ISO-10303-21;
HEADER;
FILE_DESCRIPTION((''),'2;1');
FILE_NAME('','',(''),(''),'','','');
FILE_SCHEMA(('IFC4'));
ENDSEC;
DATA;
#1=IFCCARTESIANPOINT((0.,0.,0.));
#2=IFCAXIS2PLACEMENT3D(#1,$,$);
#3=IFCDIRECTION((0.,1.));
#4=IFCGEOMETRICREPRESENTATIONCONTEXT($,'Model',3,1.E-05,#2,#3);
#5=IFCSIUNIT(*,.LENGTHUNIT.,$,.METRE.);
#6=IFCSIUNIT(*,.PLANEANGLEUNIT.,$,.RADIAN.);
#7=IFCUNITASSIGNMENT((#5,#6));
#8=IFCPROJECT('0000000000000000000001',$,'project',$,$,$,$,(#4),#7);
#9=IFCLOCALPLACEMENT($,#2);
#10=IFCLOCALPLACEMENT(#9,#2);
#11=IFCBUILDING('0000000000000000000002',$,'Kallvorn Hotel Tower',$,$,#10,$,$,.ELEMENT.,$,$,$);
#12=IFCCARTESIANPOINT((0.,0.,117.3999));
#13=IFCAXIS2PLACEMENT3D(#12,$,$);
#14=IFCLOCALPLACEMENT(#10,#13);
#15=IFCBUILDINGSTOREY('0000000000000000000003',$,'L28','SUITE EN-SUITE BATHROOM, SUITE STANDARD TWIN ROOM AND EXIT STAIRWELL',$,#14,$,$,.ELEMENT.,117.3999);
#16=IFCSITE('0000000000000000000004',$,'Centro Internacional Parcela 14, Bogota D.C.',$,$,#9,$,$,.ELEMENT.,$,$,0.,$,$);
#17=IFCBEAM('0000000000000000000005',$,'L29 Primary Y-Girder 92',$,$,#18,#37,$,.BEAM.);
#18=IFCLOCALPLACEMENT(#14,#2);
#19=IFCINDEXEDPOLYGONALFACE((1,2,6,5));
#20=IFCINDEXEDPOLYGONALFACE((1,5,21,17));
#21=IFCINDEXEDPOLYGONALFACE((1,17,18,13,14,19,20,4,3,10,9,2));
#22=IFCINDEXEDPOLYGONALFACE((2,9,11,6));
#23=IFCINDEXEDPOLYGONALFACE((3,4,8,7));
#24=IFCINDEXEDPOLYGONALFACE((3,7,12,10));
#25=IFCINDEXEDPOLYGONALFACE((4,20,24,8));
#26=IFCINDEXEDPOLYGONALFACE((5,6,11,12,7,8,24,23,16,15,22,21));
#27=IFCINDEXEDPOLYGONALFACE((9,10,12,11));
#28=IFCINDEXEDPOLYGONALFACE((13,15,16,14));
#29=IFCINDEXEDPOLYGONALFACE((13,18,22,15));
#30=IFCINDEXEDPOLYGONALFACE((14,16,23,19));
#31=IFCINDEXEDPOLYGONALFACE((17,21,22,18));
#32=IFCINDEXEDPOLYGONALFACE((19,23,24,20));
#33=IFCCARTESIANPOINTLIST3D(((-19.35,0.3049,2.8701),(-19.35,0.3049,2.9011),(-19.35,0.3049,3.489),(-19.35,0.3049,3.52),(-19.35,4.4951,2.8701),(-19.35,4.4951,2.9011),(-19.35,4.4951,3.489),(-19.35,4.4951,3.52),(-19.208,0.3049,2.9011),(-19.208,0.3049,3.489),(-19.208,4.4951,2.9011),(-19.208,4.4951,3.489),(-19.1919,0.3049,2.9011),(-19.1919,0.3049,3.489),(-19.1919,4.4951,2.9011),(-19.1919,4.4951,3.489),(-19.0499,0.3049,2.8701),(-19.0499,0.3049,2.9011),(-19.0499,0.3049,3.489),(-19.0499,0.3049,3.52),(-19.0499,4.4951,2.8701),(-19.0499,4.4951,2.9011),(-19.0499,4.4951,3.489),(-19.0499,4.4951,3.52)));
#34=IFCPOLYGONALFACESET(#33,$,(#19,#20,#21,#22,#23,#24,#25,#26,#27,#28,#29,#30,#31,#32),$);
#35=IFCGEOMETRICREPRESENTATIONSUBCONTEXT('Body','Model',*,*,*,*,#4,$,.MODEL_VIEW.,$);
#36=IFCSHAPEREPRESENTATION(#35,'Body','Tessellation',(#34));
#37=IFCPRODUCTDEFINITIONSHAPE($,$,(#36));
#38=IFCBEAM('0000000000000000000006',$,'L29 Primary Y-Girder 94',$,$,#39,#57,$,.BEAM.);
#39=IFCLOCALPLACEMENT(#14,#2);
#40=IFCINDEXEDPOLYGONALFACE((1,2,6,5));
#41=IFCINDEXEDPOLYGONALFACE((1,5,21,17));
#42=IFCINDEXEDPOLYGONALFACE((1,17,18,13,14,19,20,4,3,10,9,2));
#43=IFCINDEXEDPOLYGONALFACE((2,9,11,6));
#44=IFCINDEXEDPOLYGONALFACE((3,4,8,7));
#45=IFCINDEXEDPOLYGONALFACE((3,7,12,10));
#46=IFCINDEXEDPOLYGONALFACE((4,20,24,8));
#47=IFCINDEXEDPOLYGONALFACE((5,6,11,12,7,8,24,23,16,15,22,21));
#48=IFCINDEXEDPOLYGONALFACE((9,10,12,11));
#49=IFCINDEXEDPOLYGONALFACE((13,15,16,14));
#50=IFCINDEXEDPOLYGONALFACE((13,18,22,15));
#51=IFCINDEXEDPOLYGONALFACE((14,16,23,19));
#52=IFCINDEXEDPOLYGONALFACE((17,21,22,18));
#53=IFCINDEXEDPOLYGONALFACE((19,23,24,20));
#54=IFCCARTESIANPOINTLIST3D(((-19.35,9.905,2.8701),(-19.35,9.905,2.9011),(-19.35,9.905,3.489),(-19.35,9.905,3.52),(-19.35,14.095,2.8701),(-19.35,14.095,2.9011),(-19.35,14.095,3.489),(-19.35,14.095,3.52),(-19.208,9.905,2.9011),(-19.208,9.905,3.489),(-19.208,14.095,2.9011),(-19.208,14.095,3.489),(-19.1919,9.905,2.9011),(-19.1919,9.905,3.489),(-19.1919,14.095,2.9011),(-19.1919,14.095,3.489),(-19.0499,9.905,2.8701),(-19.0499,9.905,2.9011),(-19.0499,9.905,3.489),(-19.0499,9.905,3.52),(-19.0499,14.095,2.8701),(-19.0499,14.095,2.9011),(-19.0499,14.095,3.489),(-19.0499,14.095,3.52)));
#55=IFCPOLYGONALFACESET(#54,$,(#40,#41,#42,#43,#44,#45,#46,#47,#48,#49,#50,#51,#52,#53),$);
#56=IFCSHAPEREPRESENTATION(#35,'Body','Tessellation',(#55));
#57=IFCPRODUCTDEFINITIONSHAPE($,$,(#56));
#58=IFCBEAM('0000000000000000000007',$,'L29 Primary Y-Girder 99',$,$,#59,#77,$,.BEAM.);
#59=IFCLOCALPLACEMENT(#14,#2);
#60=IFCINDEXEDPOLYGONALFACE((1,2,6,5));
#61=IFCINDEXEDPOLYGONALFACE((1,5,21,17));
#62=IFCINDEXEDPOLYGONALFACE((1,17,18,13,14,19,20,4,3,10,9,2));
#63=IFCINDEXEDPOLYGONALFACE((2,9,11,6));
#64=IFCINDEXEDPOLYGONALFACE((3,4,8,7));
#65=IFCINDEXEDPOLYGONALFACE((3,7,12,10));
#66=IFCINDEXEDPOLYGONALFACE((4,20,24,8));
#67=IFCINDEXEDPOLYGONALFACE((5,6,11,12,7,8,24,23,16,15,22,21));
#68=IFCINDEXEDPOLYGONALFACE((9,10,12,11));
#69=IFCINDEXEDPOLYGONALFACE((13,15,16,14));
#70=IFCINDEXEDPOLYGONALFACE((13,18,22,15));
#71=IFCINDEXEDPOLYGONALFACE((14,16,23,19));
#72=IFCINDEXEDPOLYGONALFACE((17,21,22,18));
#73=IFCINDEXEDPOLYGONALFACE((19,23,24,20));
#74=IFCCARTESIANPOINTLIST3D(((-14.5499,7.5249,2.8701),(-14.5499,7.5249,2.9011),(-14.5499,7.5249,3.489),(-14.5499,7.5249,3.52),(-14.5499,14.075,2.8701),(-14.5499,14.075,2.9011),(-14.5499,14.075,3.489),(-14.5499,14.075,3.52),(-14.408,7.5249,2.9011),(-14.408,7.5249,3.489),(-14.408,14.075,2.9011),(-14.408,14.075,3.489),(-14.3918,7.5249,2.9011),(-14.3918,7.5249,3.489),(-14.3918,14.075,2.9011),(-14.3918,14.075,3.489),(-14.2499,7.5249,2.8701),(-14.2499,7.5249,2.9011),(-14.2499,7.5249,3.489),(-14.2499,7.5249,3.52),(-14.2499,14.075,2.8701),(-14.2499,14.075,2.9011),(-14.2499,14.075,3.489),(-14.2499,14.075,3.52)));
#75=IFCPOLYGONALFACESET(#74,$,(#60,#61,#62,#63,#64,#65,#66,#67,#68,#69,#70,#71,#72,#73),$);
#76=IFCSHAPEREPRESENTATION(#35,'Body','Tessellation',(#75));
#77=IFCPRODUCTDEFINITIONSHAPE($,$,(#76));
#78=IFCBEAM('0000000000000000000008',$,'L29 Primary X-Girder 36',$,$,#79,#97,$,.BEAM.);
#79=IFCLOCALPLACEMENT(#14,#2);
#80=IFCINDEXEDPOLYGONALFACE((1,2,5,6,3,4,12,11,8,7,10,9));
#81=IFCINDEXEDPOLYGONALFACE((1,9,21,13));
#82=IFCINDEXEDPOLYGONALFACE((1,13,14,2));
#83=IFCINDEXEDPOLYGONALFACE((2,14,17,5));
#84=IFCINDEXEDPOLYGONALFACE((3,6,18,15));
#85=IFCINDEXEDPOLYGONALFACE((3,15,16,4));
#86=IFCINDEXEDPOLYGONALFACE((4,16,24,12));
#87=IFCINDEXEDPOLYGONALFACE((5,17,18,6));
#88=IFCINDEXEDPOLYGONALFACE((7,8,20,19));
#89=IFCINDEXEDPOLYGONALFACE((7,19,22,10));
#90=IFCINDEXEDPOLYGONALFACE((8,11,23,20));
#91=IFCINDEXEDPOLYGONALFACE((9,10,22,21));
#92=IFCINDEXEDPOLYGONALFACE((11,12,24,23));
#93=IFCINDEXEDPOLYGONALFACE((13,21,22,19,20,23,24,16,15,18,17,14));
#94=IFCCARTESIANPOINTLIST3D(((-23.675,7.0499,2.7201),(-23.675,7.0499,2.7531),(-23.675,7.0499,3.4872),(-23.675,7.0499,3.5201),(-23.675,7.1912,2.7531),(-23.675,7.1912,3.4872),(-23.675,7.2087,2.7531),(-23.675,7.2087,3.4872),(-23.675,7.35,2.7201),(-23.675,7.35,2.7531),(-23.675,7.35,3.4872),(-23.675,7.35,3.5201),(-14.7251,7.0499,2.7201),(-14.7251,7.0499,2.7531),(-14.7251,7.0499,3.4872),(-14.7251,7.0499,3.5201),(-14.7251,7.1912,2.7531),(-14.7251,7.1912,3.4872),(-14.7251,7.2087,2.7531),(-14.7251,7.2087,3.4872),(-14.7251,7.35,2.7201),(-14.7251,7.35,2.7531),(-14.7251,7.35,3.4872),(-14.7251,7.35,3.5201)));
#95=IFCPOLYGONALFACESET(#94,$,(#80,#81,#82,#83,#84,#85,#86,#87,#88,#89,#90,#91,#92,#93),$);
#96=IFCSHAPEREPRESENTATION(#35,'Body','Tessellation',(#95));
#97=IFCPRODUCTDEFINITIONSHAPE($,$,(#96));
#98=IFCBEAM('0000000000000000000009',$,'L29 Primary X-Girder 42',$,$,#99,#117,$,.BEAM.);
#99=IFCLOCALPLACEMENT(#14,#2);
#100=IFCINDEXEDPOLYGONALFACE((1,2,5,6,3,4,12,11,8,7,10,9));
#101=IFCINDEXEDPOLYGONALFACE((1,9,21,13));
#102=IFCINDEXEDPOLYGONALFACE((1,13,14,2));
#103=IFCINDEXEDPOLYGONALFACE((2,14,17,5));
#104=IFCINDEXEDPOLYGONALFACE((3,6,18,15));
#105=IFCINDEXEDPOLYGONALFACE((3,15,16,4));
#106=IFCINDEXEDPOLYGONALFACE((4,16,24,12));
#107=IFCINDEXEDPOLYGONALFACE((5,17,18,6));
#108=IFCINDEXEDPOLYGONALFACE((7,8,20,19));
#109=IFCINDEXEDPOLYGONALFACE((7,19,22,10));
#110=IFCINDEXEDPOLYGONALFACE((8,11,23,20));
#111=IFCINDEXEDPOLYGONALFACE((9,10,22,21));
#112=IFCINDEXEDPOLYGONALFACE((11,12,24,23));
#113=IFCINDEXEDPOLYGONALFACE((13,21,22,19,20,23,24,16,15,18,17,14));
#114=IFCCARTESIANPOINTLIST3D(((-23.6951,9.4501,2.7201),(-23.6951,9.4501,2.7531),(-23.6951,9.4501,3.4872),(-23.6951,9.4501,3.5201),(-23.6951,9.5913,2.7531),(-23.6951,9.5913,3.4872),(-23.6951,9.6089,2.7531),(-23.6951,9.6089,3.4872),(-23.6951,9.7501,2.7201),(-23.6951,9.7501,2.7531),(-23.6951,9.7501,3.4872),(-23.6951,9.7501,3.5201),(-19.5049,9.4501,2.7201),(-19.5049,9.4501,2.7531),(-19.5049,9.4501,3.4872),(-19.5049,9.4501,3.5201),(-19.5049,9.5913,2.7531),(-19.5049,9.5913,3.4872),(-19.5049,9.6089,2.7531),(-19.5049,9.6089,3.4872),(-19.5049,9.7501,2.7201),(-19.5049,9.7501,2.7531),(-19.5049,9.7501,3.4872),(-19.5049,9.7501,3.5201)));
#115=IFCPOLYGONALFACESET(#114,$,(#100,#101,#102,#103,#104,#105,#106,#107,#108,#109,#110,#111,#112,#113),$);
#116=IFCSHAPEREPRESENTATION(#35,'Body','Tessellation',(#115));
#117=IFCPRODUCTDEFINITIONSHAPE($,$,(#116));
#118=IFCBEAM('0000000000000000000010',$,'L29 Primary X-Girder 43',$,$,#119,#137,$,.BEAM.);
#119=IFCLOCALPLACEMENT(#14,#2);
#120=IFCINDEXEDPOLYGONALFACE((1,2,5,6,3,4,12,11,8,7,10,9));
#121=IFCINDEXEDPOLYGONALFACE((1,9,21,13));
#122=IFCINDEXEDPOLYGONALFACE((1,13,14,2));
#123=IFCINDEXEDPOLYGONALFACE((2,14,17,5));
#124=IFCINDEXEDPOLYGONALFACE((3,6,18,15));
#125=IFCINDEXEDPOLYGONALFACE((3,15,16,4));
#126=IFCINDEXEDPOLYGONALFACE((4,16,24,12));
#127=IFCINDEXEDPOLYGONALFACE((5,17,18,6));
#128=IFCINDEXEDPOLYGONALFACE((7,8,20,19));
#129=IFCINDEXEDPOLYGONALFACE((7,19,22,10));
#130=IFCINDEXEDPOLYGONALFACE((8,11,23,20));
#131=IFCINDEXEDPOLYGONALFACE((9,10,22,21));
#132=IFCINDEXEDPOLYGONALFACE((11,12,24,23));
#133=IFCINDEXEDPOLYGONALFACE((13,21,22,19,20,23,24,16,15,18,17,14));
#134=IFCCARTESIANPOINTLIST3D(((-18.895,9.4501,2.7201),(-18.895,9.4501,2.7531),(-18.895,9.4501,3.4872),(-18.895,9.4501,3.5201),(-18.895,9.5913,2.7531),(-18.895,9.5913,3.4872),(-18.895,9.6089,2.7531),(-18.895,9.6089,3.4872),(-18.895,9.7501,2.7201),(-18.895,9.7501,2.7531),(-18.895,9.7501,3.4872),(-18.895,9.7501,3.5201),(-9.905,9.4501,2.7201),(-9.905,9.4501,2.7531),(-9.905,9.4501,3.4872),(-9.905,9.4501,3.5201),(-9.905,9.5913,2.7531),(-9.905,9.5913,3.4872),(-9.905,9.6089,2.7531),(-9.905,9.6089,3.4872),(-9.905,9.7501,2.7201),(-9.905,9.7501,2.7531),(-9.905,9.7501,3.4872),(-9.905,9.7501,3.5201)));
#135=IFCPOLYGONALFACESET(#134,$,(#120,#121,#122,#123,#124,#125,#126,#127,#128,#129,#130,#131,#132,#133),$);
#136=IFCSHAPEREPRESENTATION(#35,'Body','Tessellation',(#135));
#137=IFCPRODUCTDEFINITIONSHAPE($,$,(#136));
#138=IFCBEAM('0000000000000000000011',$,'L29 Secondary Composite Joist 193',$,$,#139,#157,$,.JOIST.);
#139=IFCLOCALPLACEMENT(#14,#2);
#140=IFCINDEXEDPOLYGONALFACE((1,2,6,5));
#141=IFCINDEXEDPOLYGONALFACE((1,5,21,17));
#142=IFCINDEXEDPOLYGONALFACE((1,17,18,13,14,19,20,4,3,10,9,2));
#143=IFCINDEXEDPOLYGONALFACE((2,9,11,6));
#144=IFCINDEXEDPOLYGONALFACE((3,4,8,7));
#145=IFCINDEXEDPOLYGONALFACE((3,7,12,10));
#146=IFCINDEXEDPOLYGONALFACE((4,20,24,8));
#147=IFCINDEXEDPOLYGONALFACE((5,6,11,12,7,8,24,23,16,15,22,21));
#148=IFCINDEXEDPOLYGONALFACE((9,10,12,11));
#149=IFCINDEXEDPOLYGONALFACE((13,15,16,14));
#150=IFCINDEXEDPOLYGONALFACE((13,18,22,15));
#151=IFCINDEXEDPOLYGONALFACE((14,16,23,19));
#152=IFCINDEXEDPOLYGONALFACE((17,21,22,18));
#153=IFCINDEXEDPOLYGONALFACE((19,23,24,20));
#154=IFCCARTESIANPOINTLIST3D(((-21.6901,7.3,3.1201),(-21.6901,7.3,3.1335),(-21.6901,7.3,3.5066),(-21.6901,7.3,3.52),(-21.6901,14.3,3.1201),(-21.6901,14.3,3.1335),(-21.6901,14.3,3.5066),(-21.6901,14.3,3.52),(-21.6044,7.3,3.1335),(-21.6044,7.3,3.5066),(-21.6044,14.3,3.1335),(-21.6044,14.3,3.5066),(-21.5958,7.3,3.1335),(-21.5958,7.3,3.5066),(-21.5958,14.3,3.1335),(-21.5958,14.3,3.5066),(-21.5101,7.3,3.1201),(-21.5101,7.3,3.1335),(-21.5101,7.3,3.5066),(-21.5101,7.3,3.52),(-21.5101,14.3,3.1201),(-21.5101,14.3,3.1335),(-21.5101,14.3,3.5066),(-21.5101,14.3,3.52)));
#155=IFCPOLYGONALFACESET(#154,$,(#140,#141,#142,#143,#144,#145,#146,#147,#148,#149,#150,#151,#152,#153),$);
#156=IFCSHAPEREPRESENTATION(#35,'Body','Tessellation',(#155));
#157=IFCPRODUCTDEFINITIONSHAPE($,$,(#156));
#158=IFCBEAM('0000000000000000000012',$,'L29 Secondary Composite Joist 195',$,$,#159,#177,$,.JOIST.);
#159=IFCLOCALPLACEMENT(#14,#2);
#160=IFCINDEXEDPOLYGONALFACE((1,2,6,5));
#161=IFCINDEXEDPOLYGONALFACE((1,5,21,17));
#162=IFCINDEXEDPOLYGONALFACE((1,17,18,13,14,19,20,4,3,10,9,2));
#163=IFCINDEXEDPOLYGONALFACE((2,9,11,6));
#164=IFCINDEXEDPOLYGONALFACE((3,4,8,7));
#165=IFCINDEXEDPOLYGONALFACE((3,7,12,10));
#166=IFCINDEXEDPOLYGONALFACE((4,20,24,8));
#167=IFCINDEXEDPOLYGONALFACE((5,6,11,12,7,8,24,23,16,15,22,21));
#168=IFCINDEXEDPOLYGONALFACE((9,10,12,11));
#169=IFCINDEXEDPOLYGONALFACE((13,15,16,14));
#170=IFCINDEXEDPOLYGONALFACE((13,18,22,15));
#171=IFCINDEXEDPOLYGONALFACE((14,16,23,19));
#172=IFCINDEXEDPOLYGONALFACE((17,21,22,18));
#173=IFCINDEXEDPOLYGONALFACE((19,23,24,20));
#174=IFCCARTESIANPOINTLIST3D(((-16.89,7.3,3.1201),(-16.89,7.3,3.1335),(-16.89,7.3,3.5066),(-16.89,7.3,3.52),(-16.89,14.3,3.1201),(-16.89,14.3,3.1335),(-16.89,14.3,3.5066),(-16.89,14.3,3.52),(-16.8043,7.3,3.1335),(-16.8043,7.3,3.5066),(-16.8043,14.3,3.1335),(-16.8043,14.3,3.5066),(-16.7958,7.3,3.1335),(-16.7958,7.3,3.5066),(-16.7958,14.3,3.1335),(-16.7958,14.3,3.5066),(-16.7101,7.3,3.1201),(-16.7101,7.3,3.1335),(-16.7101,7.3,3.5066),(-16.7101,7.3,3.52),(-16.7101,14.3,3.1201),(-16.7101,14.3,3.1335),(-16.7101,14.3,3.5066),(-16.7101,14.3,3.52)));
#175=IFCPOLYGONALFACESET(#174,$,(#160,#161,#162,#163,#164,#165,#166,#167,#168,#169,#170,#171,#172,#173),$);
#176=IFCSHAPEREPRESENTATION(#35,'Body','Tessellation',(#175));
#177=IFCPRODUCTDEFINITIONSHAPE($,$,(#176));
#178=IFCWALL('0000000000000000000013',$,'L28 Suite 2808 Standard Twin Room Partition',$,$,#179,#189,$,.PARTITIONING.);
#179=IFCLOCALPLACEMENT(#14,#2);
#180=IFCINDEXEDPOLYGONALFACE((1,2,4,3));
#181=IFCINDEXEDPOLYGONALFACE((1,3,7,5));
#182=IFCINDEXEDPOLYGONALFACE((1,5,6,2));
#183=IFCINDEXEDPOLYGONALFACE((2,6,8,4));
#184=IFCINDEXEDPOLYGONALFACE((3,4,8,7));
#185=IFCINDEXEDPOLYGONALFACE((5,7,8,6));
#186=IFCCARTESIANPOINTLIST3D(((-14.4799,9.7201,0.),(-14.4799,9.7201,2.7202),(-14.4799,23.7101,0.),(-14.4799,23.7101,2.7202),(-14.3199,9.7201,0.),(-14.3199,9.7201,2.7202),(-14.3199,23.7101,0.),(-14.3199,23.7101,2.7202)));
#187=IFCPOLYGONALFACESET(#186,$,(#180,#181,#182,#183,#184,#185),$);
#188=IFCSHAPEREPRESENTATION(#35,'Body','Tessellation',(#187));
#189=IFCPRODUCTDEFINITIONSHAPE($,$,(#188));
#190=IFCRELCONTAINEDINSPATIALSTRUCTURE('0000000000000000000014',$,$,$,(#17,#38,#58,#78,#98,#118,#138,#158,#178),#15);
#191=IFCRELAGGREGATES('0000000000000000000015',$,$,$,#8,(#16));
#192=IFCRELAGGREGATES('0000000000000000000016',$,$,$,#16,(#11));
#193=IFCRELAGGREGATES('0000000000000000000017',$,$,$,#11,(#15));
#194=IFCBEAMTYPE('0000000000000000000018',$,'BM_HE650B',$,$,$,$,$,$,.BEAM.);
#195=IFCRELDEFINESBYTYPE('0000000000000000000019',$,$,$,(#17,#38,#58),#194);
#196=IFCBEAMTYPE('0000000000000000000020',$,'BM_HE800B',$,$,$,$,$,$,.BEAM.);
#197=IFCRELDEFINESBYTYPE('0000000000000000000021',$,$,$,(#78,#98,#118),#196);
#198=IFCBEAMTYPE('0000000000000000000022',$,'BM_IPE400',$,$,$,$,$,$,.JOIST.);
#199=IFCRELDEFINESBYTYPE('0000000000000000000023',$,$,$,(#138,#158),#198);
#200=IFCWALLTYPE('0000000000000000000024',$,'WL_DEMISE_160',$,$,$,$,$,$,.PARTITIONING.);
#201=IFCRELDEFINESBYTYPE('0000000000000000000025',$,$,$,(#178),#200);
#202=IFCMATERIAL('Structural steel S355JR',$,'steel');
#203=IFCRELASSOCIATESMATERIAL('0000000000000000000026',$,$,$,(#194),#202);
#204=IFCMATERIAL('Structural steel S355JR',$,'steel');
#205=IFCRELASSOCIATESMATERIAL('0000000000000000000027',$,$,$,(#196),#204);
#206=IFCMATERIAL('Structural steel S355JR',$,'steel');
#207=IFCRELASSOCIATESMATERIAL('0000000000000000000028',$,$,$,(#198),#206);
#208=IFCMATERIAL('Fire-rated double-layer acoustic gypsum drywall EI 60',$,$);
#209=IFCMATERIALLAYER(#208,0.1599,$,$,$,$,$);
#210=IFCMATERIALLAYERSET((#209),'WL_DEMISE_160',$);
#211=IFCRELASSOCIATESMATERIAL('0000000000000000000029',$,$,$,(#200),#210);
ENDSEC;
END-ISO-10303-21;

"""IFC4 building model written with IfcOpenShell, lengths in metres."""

from ifc_helpers import new_model, si_unit, direction, frame, frame_2d, origin, origin_2d, place, context, subcontext, project, spatial, rectangle, i_section, extrude, material, layer, layer_set, material_profile, profile_set, type_object, element, save


model = new_model("IFC4")

# Units and contexts
model_context = context("Model", 3, precision=1e-05, world=origin(), true_north=direction((0.0, 1.0)))
body_context = subcontext(model_context, "Body", "Model", "MODEL_VIEW")
ifc_project = project(units=[si_unit("LENGTHUNIT", "METRE"), si_unit("PLANEANGLEUNIT", "RADIAN")], contexts=[model_context])

# Site, building, storey
site_placement = place(None, origin())
site = spatial("IfcSite", under=ifc_project, at=site_placement, Name="Centro Internacional Parcela 14, Bogota D.C.", CompositionType="ELEMENT", RefElevation=0.0)
building_placement = place(site_placement, origin())
building = spatial("IfcBuilding", under=site, at=building_placement, Name="Kallvorn Hotel Tower", CompositionType="ELEMENT")
storey_placement = place(building_placement, frame((0.0, 0.0, 117.3999)))
storey = spatial("IfcBuildingStorey", under=building, at=storey_placement, Name="L28", Description="SUITE EN-SUITE BATHROOM, SUITE STANDARD TWIN ROOM AND EXIT STAIRWELL", CompositionType="ELEMENT", Elevation=117.3999)

# Beams
ifc_material_1 = material(Name="Structural steel S355JR", Category="steel")
ifc_material_profile_1 = material_profile(ifc_material_1, i_section(OverallWidth=0.3, OverallDepth=0.6499, WebThickness=0.0161, FlangeThickness=0.031, at=origin_2d()), Name="HE 650 B")
ifc_profile_set_1 = profile_set([ifc_material_profile_1], Name="Structural steel S355JR")
beam_type_1 = type_object("IfcBeamType", Name="BM_HE650B", PredefinedType="BEAM", material=ifc_profile_set_1)
beam_1_placement = place(storey_placement, frame((-19.2, 0.3049, 3.1951), z_axis=(0.0, 1.0, 0.0), x_axis=(-1.0, 0.0, 0.0)))
element("IfcBeam", 1, at=beam_1_placement, inside=storey, type_object=beam_type_1, Name="L29 Primary Y-Girder 92", PredefinedType="BEAM", context=body_context, shape_type="SweptSolid", body=[
    extrude(i_section(OverallWidth=0.3, OverallDepth=0.6499, WebThickness=0.0161, FlangeThickness=0.031, at=origin_2d()), origin(), (0.0, 0.0, 1.0), 4.1902),
])
beam_2_placement = place(storey_placement, frame((-19.2, 9.905, 3.1951), z_axis=(0.0, 1.0, 0.0), x_axis=(-1.0, 0.0, 0.0)))
element("IfcBeam", 2, at=beam_2_placement, inside=storey, type_object=beam_type_1, Name="L29 Primary Y-Girder 94", PredefinedType="BEAM", context=body_context, shape_type="SweptSolid", body=[
    extrude(i_section(OverallWidth=0.3, OverallDepth=0.6499, WebThickness=0.0161, FlangeThickness=0.031, at=origin_2d()), origin(), (0.0, 0.0, 1.0), 4.1899),
])
beam_3_placement = place(storey_placement, frame((-14.3999, 7.5249, 3.1951), z_axis=(0.0, 1.0, 0.0), x_axis=(-1.0, 0.0, 0.0)))
element("IfcBeam", 3, at=beam_3_placement, inside=storey, type_object=beam_type_1, Name="L29 Primary Y-Girder 99", PredefinedType="BEAM", context=body_context, shape_type="SweptSolid", body=[
    extrude(i_section(OverallWidth=0.3, OverallDepth=0.6499, WebThickness=0.0161, FlangeThickness=0.031, at=origin_2d()), origin(), (0.0, 0.0, 1.0), 6.55),
])
ifc_material_2 = material(Name="Structural steel S355JR", Category="steel")
ifc_material_profile_2 = material_profile(ifc_material_2, i_section(OverallWidth=0.3, OverallDepth=0.8, WebThickness=0.0176, FlangeThickness=0.033, at=origin_2d()), Name="HE 800 B")
ifc_profile_set_2 = profile_set([ifc_material_profile_2], Name="Structural steel S355JR")
beam_type_2 = type_object("IfcBeamType", Name="BM_HE800B", PredefinedType="BEAM", material=ifc_profile_set_2)
beam_4_placement = place(storey_placement, frame((-23.675, 7.2, 3.1201), z_axis=(1.0, 0.0, 0.0), x_axis=(0.0, 1.0, 0.0)))
element("IfcBeam", 4, at=beam_4_placement, inside=storey, type_object=beam_type_2, Name="L29 Primary X-Girder 36", PredefinedType="BEAM", context=body_context, shape_type="SweptSolid", body=[
    extrude(i_section(OverallWidth=0.3, OverallDepth=0.8, WebThickness=0.0176, FlangeThickness=0.033, at=origin_2d()), origin(), (0.0, 0.0, 1.0), 8.95),
])
beam_5_placement = place(storey_placement, frame((-23.6951, 9.6001, 3.1201), z_axis=(1.0, 0.0, 0.0), x_axis=(0.0, 1.0, 0.0)))
element("IfcBeam", 5, at=beam_5_placement, inside=storey, type_object=beam_type_2, Name="L29 Primary X-Girder 42", PredefinedType="BEAM", context=body_context, shape_type="SweptSolid", body=[
    extrude(i_section(OverallWidth=0.3, OverallDepth=0.8, WebThickness=0.0176, FlangeThickness=0.033, at=origin_2d()), origin(), (0.0, 0.0, 1.0), 4.1902),
])
beam_6_placement = place(storey_placement, frame((-18.895, 9.6001, 3.1201), z_axis=(1.0, 0.0, 0.0), x_axis=(0.0, 1.0, 0.0)))
element("IfcBeam", 6, at=beam_6_placement, inside=storey, type_object=beam_type_2, Name="L29 Primary X-Girder 43", PredefinedType="BEAM", context=body_context, shape_type="SweptSolid", body=[
    extrude(i_section(OverallWidth=0.3, OverallDepth=0.8, WebThickness=0.0176, FlangeThickness=0.033, at=origin_2d()), origin(), (0.0, 0.0, 1.0), 8.99),
])
ifc_material_3 = material(Name="Structural steel S355JR", Category="steel")
ifc_material_profile_3 = material_profile(ifc_material_3, i_section(OverallWidth=0.1799, OverallDepth=0.3999, WebThickness=0.0085, FlangeThickness=0.0134, at=origin_2d()), Name="IPE 400")
ifc_profile_set_3 = profile_set([ifc_material_profile_3], Name="Structural steel S355JR")
beam_type_3 = type_object("IfcBeamType", Name="BM_IPE400", PredefinedType="JOIST", material=ifc_profile_set_3)
for number, where, z_axis, x_axis, name in (
    (7, (-21.6001, 7.3, 3.3201), (0.0, 1.0, 0.0), (-1.0, 0.0, 0.0), "L29 Secondary Composite Joist 193"),
    (8, (-16.8, 7.3, 3.3201), (0.0, 1.0, 0.0), (-1.0, 0.0, 0.0), "L29 Secondary Composite Joist 195"),
):
    element("IfcBeam", number, at=place(storey_placement, frame(where, z_axis=z_axis, x_axis=x_axis)), inside=storey, type_object=beam_type_3, Name=name, PredefinedType="JOIST", context=body_context, shape_type="SweptSolid", body=[
        extrude(i_section(OverallWidth=0.1799, OverallDepth=0.3999, WebThickness=0.0085, FlangeThickness=0.0134, at=origin_2d()), origin(), (0.0, 0.0, 1.0), 7.0),
    ])

# Wall
ifc_material_4 = material(Name="Fire-rated double-layer acoustic gypsum drywall EI 60")
ifc_layer_1 = layer(ifc_material_4, 0.1599)
ifc_layer_set_1 = layer_set([ifc_layer_1], Name="WL_DEMISE_160")
wall_type_1 = type_object("IfcWallType", Name="WL_DEMISE_160", PredefinedType="PARTITIONING", material=ifc_layer_set_1)
wall_1_placement = place(storey_placement, frame((-14.3999, 9.72, 0.0), z_axis=(0.0, 0.0, 1.0), x_axis=(0.0, 1.0, 0.0)))
element("IfcWall", 9, at=wall_1_placement, inside=storey, type_object=wall_type_1, Name="L28 Suite 2808 Standard Twin Room Partition", PredefinedType="PARTITIONING", context=body_context, shape_type="SweptSolid", body=[
    extrude(rectangle(XDim=13.99, YDim=0.1599, at=frame_2d((6.9951, 0.0))), origin(), (0.0, 0.0, 1.0), 2.7202),
])

save(model, "model.ifc")
